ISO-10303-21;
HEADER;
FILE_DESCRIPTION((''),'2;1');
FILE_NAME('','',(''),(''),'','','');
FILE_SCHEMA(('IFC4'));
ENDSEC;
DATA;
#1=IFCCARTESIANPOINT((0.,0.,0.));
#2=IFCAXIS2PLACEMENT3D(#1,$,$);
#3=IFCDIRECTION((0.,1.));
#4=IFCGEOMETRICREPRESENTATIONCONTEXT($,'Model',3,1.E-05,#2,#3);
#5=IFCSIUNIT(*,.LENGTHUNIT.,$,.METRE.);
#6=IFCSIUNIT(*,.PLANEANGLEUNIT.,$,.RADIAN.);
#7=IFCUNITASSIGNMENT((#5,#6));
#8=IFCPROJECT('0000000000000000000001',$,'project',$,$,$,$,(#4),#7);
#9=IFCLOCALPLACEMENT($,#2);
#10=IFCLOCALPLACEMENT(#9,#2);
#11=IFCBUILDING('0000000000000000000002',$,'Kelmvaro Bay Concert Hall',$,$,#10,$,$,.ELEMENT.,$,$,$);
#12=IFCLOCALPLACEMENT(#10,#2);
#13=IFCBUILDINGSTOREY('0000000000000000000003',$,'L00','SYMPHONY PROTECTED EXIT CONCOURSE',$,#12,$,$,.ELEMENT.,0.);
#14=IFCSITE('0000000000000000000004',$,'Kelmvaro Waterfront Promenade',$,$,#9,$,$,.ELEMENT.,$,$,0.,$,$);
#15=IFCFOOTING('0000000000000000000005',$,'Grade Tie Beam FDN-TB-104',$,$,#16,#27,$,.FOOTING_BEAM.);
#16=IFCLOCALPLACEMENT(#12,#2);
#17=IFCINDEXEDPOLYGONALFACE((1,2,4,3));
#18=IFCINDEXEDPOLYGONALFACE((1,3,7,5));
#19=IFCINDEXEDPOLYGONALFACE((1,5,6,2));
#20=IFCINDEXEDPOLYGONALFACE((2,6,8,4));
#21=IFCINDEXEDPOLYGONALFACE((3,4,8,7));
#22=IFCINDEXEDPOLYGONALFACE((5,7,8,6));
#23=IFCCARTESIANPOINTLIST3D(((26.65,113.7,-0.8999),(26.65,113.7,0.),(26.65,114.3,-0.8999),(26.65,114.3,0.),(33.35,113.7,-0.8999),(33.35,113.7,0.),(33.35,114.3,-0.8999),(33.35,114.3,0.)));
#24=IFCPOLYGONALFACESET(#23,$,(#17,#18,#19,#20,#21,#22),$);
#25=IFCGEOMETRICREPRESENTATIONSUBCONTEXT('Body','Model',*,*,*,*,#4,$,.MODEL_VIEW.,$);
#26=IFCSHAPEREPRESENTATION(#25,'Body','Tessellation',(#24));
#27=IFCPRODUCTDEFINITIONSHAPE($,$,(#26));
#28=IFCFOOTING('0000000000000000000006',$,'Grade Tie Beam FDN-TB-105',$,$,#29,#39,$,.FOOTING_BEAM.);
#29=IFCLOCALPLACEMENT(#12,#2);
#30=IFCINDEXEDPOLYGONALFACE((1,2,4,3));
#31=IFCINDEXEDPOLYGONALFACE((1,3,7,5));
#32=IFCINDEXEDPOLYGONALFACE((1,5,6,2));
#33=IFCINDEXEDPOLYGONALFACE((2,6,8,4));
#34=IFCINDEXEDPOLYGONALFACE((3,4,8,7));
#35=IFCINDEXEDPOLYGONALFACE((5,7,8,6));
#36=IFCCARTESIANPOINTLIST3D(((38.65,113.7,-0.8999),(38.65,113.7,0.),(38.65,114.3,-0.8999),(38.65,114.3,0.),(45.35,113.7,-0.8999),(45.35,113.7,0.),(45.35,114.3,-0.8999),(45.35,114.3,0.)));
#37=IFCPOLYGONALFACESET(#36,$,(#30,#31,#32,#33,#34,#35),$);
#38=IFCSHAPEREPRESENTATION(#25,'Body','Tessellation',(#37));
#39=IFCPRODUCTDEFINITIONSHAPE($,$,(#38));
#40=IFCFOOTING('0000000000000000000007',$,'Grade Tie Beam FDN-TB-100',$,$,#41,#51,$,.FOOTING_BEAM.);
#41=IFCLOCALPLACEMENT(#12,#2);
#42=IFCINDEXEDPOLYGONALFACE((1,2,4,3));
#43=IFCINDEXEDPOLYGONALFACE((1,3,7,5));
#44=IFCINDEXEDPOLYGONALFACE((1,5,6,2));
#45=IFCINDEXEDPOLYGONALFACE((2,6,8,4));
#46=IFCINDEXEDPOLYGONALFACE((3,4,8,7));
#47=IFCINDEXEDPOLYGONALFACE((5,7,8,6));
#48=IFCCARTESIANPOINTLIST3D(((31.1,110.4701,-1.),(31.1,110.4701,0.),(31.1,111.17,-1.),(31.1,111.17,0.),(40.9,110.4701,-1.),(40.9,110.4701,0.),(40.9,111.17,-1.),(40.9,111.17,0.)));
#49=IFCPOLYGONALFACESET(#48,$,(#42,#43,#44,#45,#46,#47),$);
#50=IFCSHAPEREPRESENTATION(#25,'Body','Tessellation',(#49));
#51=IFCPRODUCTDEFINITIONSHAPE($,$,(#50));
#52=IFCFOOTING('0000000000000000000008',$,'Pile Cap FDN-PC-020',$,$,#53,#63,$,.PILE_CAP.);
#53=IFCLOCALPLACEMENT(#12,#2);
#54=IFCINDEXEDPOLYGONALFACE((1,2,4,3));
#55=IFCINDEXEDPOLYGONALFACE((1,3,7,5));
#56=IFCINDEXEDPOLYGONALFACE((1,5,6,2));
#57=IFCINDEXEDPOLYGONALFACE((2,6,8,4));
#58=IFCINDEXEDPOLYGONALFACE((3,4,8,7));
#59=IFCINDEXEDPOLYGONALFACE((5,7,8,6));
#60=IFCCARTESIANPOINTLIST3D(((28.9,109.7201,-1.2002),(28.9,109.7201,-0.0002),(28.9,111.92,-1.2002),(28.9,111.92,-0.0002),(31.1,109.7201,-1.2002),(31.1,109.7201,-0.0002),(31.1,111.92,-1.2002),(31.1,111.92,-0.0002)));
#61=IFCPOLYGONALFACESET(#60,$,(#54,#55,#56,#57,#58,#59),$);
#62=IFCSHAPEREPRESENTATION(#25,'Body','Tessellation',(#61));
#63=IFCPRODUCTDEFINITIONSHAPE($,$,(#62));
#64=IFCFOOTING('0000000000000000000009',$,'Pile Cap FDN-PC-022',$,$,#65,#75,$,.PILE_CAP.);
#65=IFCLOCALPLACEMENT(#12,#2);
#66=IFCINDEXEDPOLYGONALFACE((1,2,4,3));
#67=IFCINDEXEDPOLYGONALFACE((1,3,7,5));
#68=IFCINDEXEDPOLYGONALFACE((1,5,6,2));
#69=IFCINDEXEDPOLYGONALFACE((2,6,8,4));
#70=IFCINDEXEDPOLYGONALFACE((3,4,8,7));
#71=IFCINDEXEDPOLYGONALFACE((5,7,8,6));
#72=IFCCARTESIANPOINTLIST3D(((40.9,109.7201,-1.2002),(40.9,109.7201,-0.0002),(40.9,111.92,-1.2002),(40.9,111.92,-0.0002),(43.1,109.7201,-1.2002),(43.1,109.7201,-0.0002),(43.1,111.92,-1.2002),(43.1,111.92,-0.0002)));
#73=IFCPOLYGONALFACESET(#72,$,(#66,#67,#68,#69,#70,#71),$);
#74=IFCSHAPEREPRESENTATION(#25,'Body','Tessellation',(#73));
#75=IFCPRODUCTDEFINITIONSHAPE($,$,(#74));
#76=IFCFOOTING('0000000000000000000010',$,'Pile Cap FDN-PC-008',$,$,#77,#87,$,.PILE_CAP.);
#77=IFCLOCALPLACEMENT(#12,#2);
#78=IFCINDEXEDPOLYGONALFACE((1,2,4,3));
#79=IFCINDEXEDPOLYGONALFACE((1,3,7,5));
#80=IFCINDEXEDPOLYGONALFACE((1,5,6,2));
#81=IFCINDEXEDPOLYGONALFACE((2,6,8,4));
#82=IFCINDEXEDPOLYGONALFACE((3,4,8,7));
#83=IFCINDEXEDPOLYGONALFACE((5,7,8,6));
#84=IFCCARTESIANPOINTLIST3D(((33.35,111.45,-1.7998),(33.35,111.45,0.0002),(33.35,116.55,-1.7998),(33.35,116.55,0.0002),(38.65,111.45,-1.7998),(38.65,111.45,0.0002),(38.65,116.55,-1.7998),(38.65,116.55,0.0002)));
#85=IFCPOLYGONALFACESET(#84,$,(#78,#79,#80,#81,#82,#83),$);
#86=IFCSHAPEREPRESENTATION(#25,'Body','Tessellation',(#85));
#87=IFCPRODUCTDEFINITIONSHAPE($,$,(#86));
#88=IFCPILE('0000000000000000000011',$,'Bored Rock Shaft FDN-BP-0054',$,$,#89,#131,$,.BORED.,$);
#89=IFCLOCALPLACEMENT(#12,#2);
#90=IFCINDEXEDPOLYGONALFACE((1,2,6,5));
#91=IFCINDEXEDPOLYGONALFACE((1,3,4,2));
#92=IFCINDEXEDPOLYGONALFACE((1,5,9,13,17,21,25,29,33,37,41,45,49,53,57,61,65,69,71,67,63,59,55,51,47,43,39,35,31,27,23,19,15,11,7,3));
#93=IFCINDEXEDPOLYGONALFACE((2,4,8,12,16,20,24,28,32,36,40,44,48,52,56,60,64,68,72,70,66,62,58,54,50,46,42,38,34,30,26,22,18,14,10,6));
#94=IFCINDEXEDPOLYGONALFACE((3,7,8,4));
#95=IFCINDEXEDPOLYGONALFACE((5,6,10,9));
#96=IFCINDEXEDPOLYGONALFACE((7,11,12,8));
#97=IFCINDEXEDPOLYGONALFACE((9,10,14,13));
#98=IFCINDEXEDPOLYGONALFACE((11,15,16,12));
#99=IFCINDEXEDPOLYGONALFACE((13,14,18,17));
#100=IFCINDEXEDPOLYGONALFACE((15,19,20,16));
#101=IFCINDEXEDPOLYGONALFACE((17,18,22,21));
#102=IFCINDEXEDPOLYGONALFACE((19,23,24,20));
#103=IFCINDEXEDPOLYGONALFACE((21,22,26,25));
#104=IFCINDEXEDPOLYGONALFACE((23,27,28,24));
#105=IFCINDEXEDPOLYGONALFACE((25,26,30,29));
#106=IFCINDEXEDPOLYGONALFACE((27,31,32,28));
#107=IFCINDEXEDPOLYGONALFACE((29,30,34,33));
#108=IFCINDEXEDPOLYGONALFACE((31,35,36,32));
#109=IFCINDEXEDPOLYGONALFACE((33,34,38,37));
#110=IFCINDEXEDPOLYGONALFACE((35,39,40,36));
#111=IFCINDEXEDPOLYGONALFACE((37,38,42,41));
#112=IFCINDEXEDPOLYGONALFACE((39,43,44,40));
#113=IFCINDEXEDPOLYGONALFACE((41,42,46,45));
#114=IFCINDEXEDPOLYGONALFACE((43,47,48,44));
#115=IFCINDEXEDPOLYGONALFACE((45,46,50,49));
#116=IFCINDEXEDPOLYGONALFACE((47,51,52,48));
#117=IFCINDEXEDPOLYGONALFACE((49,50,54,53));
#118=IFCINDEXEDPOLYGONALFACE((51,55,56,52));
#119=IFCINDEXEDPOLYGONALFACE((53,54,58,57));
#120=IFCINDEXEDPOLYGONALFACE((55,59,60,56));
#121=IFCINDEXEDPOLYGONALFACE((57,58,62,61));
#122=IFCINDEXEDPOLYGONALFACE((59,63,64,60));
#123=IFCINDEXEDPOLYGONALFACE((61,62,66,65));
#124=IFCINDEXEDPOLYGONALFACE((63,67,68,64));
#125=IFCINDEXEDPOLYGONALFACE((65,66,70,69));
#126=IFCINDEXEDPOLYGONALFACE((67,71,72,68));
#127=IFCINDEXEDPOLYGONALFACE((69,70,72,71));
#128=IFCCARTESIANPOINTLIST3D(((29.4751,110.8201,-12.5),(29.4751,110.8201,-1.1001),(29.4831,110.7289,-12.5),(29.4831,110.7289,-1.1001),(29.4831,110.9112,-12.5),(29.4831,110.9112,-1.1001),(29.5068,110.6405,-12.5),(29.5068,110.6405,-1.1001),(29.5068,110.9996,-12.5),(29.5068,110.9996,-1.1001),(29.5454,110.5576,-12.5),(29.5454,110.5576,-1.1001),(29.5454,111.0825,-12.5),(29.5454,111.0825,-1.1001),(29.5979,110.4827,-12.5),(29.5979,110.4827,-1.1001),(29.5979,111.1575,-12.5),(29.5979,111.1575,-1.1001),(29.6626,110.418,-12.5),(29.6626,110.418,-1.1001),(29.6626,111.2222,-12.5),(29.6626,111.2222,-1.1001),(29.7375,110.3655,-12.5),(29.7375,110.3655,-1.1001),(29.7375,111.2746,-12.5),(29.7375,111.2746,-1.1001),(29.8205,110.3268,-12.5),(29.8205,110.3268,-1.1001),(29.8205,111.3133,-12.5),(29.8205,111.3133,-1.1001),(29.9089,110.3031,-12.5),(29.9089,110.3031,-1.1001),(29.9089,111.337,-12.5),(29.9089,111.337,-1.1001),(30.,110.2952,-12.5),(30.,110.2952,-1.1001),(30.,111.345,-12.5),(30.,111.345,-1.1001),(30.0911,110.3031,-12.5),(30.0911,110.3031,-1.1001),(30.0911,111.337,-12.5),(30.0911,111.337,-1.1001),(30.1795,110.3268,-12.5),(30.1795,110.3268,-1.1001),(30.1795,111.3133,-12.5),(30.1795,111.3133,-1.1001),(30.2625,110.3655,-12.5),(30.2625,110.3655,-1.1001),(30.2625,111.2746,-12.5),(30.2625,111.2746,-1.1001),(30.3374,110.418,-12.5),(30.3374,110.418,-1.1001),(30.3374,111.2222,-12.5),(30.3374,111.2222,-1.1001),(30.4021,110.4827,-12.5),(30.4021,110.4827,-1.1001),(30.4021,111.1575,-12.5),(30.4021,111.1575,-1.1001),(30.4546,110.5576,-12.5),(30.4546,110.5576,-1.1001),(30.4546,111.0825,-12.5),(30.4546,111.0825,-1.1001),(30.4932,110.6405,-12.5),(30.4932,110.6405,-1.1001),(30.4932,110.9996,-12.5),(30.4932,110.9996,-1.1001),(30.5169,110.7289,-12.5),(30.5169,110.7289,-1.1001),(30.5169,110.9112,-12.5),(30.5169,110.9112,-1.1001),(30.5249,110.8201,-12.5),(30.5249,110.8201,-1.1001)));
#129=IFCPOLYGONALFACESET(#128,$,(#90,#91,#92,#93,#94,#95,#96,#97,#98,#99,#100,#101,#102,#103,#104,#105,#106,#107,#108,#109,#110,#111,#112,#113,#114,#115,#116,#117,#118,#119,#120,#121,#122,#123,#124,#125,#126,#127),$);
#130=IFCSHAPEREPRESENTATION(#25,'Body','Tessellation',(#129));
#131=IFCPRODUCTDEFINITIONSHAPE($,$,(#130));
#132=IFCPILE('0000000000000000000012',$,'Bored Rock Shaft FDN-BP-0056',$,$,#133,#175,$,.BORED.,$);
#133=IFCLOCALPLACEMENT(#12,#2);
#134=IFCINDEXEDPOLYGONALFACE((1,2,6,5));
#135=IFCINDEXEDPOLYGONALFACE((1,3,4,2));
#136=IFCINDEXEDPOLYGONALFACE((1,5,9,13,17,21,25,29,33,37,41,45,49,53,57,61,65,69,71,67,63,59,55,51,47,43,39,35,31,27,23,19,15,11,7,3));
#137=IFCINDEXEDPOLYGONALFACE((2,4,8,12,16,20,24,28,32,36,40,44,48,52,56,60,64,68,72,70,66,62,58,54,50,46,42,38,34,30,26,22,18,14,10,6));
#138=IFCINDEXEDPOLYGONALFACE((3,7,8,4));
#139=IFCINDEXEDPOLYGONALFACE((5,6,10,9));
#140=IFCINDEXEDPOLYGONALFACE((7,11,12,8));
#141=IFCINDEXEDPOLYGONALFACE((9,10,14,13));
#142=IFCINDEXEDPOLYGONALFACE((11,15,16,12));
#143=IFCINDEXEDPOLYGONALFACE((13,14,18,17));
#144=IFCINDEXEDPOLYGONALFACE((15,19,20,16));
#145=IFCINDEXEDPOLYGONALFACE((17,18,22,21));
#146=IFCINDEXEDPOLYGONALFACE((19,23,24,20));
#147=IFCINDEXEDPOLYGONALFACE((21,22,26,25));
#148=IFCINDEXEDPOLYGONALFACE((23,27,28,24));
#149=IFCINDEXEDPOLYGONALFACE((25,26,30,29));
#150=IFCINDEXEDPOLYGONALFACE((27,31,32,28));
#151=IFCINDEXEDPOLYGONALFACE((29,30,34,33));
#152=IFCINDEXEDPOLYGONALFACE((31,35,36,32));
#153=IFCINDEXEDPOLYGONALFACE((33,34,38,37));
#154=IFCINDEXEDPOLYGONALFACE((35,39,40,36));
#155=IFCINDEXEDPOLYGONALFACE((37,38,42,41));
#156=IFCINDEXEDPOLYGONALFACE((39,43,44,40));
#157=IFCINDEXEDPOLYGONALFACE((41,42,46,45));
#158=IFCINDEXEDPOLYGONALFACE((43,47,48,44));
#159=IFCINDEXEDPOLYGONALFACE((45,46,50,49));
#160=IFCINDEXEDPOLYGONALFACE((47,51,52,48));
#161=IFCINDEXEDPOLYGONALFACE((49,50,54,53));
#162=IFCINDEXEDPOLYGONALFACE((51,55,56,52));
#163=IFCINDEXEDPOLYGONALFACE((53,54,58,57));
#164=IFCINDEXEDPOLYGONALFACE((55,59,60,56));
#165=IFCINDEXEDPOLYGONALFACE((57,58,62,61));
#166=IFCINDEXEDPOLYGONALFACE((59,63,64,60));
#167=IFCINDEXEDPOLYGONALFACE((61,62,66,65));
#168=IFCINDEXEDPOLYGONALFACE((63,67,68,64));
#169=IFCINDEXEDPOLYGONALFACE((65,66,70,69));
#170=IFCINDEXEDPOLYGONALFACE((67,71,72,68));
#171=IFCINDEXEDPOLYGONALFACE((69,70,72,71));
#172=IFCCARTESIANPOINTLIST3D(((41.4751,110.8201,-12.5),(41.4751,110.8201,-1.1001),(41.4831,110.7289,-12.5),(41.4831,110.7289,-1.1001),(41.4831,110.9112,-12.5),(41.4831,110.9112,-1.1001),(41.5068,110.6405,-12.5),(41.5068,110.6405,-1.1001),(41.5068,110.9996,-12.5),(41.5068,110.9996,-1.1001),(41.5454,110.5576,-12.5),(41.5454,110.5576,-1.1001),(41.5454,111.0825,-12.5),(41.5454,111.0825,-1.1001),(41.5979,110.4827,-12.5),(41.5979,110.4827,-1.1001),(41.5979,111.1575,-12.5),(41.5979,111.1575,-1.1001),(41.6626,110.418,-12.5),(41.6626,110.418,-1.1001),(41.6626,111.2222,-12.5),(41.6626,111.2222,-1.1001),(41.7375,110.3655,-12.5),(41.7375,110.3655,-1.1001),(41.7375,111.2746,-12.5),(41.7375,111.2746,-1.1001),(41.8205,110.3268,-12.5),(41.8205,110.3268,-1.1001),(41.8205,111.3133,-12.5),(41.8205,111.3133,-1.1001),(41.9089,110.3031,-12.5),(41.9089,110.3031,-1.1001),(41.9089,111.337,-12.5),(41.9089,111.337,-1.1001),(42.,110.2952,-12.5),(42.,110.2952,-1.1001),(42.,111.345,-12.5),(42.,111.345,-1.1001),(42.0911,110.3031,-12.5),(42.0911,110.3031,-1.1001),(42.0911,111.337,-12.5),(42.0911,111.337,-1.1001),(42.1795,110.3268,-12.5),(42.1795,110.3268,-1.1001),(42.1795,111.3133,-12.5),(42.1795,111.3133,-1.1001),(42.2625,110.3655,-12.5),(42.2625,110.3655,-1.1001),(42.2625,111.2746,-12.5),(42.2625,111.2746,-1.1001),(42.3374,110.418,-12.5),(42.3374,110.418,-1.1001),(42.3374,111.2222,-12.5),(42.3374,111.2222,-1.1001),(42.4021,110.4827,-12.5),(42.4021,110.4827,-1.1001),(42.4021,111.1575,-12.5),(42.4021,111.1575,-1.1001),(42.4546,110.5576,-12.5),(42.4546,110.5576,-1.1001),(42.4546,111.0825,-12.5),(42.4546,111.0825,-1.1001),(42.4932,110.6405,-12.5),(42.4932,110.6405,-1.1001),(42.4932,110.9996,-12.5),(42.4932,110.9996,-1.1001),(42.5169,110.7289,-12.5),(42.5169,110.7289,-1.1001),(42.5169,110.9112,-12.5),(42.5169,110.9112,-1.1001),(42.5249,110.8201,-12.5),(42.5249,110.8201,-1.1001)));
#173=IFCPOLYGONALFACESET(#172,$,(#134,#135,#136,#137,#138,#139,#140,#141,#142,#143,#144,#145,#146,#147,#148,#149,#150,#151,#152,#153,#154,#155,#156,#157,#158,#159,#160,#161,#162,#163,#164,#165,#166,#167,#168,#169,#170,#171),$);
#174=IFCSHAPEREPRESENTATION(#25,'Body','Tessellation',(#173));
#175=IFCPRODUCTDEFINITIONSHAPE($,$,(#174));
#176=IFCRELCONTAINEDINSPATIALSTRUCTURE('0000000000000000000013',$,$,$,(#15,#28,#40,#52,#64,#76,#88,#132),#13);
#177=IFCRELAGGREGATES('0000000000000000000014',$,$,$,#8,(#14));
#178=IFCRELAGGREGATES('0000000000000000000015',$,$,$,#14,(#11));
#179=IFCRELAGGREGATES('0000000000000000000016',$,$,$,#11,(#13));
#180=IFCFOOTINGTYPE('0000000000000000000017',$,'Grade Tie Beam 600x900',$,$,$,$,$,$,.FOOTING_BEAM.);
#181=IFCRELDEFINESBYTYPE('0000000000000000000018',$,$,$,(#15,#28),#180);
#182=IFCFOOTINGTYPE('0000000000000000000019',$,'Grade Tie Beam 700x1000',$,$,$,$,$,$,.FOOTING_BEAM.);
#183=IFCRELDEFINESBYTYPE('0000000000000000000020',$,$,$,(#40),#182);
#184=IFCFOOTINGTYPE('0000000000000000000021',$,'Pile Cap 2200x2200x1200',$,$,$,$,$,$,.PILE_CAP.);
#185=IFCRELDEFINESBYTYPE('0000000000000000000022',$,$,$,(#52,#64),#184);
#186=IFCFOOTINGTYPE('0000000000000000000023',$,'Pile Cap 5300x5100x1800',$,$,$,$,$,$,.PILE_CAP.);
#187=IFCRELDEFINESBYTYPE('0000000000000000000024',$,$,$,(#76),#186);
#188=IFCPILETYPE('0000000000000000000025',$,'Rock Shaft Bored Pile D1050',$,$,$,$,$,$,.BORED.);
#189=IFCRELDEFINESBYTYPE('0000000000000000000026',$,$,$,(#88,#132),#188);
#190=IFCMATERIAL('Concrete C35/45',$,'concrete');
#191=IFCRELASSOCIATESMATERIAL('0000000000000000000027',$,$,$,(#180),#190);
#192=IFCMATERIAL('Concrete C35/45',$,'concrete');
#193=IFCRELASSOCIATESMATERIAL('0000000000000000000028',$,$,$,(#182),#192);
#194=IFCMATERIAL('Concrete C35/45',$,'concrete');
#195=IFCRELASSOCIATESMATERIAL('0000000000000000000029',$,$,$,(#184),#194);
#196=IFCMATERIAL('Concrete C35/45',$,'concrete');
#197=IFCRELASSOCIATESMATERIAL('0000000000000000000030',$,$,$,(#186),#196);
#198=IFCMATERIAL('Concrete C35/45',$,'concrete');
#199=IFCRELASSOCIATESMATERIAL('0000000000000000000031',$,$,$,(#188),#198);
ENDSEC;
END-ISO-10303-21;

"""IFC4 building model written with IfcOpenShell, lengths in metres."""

from ifc_helpers import new_model, si_unit, direction, frame, origin, origin_2d, place, context, subcontext, project, spatial, rectangle, circle, extrude, material, material_profile, profile_set, type_object, element, save


model = new_model("IFC4")

# Units and contexts
model_context = context("Model", 3, precision=1e-05, world=origin(), true_north=direction((0.0, 1.0)))
body_context = subcontext(model_context, "Body", "Model", "MODEL_VIEW")
ifc_project = project(units=[si_unit("LENGTHUNIT", "METRE"), si_unit("PLANEANGLEUNIT", "RADIAN")], contexts=[model_context])

# Site, building, storey
site_placement = place(None, origin())
site = spatial("IfcSite", under=ifc_project, at=site_placement, Name="Kelmvaro Waterfront Promenade", CompositionType="ELEMENT", RefElevation=0.0)
building_placement = place(site_placement, origin())
building = spatial("IfcBuilding", under=site, at=building_placement, Name="Kelmvaro Bay Concert Hall", CompositionType="ELEMENT")
storey_placement = place(building_placement, origin())
storey = spatial("IfcBuildingStorey", under=building, at=storey_placement, Name="L00", Description="SYMPHONY PROTECTED EXIT CONCOURSE", CompositionType="ELEMENT", Elevation=0.0)

# Footings
ifc_material_1 = material(Name="Concrete C35/45", Category="concrete")
footing_type_1 = type_object("IfcFootingType", Name="Grade Tie Beam 600x900", PredefinedType="FOOTING_BEAM", material=ifc_material_1)
for number, where, z_axis, x_axis, name in (
    (1, (30.0, 114.0, -0.8999), (0.0, 0.0, 1.0), (1.0, 0.0, 0.0), "Grade Tie Beam FDN-TB-104"),
    (2, (42.0, 114.0, -0.8999), (0.0, 0.0, 1.0), (1.0, 0.0, 0.0), "Grade Tie Beam FDN-TB-105"),
):
    element("IfcFooting", number, at=place(storey_placement, frame(where, z_axis=z_axis, x_axis=x_axis)), inside=storey, type_object=footing_type_1, Name=name, PredefinedType="FOOTING_BEAM", context=body_context, shape_type="SweptSolid", body=[
        extrude(rectangle(XDim=6.7, YDim=0.6001, at=origin_2d()), origin(), (0.0, 0.0, 1.0), 0.8999),
    ])
ifc_material_2 = material(Name="Concrete C35/45", Category="concrete")
footing_type_2 = type_object("IfcFootingType", Name="Grade Tie Beam 700x1000", PredefinedType="FOOTING_BEAM", material=ifc_material_2)
footing_1_placement = place(storey_placement, frame((36.0, 110.8201, -1.0), z_axis=(0.0, 0.0, 1.0), x_axis=(1.0, 0.0, 0.0)))
element("IfcFooting", 3, at=footing_1_placement, inside=storey, type_object=footing_type_2, Name="Grade Tie Beam FDN-TB-100", PredefinedType="FOOTING_BEAM", context=body_context, shape_type="SweptSolid", body=[
    extrude(rectangle(XDim=9.8, YDim=0.7, at=origin_2d()), origin(), (0.0, 0.0, 1.0), 1.0),
])
ifc_material_3 = material(Name="Concrete C35/45", Category="concrete")
footing_type_3 = type_object("IfcFootingType", Name="Pile Cap 2200x2200x1200", PredefinedType="PILE_CAP", material=ifc_material_3)
for number, where, z_axis, x_axis, name in (
    (4, (30.0, 110.8201, -1.2002), (0.0, 0.0, 1.0), (1.0, 0.0, 0.0), "Pile Cap FDN-PC-020"),
    (5, (42.0, 110.8201, -1.2002), (0.0, 0.0, 1.0), (1.0, 0.0, 0.0), "Pile Cap FDN-PC-022"),
):
    element("IfcFooting", number, at=place(storey_placement, frame(where, z_axis=z_axis, x_axis=x_axis)), inside=storey, type_object=footing_type_3, Name=name, PredefinedType="PILE_CAP", context=body_context, shape_type="SweptSolid", body=[
        extrude(rectangle(XDim=2.2, YDim=2.2, at=origin_2d()), origin(), (0.0, 0.0, 1.0), 1.2),
    ])
ifc_material_4 = material(Name="Concrete C35/45", Category="concrete")
footing_type_4 = type_object("IfcFootingType", Name="Pile Cap 5300x5100x1800", PredefinedType="PILE_CAP", material=ifc_material_4)
footing_2_placement = place(storey_placement, frame((36.0, 114.0, -1.7998), z_axis=(0.0, 0.0, 1.0), x_axis=(1.0, 0.0, 0.0)))
element("IfcFooting", 6, at=footing_2_placement, inside=storey, type_object=footing_type_4, Name="Pile Cap FDN-PC-008", PredefinedType="PILE_CAP", context=body_context, shape_type="SweptSolid", body=[
    extrude(rectangle(XDim=5.3, YDim=5.1001, at=origin_2d()), origin(), (0.0, 0.0, 1.0), 1.8),
])

# Piles
ifc_material_5 = material(Name="Concrete C35/45", Category="concrete")
ifc_material_profile_1 = material_profile(ifc_material_5, circle(Radius=0.5249, at=origin_2d()), Name="PILE-BORED-1050")
ifc_profile_set_1 = profile_set([ifc_material_profile_1], Name="Concrete C35/45")
pile_type_1 = type_object("IfcPileType", Name="Rock Shaft Bored Pile D1050", PredefinedType="BORED", material=ifc_profile_set_1)
for number, where, z_axis, x_axis, name in (
    (7, (30.0, 110.8201, -1.1001), (0.0, 0.0, -1.0), (1.0, 0.0, 0.0), "Bored Rock Shaft FDN-BP-0054"),
    (8, (42.0, 110.8201, -1.1001), (0.0, 0.0, -1.0), (1.0, 0.0, 0.0), "Bored Rock Shaft FDN-BP-0056"),
):
    element("IfcPile", number, at=place(storey_placement, frame(where, z_axis=z_axis, x_axis=x_axis)), inside=storey, type_object=pile_type_1, Name=name, PredefinedType="BORED", context=body_context, shape_type="SweptSolid", body=[
        extrude(circle(Radius=0.5249, at=origin_2d()), origin(), (0.0, 0.0, 1.0), 11.3999),
    ])

save(model, "model.ifc")
